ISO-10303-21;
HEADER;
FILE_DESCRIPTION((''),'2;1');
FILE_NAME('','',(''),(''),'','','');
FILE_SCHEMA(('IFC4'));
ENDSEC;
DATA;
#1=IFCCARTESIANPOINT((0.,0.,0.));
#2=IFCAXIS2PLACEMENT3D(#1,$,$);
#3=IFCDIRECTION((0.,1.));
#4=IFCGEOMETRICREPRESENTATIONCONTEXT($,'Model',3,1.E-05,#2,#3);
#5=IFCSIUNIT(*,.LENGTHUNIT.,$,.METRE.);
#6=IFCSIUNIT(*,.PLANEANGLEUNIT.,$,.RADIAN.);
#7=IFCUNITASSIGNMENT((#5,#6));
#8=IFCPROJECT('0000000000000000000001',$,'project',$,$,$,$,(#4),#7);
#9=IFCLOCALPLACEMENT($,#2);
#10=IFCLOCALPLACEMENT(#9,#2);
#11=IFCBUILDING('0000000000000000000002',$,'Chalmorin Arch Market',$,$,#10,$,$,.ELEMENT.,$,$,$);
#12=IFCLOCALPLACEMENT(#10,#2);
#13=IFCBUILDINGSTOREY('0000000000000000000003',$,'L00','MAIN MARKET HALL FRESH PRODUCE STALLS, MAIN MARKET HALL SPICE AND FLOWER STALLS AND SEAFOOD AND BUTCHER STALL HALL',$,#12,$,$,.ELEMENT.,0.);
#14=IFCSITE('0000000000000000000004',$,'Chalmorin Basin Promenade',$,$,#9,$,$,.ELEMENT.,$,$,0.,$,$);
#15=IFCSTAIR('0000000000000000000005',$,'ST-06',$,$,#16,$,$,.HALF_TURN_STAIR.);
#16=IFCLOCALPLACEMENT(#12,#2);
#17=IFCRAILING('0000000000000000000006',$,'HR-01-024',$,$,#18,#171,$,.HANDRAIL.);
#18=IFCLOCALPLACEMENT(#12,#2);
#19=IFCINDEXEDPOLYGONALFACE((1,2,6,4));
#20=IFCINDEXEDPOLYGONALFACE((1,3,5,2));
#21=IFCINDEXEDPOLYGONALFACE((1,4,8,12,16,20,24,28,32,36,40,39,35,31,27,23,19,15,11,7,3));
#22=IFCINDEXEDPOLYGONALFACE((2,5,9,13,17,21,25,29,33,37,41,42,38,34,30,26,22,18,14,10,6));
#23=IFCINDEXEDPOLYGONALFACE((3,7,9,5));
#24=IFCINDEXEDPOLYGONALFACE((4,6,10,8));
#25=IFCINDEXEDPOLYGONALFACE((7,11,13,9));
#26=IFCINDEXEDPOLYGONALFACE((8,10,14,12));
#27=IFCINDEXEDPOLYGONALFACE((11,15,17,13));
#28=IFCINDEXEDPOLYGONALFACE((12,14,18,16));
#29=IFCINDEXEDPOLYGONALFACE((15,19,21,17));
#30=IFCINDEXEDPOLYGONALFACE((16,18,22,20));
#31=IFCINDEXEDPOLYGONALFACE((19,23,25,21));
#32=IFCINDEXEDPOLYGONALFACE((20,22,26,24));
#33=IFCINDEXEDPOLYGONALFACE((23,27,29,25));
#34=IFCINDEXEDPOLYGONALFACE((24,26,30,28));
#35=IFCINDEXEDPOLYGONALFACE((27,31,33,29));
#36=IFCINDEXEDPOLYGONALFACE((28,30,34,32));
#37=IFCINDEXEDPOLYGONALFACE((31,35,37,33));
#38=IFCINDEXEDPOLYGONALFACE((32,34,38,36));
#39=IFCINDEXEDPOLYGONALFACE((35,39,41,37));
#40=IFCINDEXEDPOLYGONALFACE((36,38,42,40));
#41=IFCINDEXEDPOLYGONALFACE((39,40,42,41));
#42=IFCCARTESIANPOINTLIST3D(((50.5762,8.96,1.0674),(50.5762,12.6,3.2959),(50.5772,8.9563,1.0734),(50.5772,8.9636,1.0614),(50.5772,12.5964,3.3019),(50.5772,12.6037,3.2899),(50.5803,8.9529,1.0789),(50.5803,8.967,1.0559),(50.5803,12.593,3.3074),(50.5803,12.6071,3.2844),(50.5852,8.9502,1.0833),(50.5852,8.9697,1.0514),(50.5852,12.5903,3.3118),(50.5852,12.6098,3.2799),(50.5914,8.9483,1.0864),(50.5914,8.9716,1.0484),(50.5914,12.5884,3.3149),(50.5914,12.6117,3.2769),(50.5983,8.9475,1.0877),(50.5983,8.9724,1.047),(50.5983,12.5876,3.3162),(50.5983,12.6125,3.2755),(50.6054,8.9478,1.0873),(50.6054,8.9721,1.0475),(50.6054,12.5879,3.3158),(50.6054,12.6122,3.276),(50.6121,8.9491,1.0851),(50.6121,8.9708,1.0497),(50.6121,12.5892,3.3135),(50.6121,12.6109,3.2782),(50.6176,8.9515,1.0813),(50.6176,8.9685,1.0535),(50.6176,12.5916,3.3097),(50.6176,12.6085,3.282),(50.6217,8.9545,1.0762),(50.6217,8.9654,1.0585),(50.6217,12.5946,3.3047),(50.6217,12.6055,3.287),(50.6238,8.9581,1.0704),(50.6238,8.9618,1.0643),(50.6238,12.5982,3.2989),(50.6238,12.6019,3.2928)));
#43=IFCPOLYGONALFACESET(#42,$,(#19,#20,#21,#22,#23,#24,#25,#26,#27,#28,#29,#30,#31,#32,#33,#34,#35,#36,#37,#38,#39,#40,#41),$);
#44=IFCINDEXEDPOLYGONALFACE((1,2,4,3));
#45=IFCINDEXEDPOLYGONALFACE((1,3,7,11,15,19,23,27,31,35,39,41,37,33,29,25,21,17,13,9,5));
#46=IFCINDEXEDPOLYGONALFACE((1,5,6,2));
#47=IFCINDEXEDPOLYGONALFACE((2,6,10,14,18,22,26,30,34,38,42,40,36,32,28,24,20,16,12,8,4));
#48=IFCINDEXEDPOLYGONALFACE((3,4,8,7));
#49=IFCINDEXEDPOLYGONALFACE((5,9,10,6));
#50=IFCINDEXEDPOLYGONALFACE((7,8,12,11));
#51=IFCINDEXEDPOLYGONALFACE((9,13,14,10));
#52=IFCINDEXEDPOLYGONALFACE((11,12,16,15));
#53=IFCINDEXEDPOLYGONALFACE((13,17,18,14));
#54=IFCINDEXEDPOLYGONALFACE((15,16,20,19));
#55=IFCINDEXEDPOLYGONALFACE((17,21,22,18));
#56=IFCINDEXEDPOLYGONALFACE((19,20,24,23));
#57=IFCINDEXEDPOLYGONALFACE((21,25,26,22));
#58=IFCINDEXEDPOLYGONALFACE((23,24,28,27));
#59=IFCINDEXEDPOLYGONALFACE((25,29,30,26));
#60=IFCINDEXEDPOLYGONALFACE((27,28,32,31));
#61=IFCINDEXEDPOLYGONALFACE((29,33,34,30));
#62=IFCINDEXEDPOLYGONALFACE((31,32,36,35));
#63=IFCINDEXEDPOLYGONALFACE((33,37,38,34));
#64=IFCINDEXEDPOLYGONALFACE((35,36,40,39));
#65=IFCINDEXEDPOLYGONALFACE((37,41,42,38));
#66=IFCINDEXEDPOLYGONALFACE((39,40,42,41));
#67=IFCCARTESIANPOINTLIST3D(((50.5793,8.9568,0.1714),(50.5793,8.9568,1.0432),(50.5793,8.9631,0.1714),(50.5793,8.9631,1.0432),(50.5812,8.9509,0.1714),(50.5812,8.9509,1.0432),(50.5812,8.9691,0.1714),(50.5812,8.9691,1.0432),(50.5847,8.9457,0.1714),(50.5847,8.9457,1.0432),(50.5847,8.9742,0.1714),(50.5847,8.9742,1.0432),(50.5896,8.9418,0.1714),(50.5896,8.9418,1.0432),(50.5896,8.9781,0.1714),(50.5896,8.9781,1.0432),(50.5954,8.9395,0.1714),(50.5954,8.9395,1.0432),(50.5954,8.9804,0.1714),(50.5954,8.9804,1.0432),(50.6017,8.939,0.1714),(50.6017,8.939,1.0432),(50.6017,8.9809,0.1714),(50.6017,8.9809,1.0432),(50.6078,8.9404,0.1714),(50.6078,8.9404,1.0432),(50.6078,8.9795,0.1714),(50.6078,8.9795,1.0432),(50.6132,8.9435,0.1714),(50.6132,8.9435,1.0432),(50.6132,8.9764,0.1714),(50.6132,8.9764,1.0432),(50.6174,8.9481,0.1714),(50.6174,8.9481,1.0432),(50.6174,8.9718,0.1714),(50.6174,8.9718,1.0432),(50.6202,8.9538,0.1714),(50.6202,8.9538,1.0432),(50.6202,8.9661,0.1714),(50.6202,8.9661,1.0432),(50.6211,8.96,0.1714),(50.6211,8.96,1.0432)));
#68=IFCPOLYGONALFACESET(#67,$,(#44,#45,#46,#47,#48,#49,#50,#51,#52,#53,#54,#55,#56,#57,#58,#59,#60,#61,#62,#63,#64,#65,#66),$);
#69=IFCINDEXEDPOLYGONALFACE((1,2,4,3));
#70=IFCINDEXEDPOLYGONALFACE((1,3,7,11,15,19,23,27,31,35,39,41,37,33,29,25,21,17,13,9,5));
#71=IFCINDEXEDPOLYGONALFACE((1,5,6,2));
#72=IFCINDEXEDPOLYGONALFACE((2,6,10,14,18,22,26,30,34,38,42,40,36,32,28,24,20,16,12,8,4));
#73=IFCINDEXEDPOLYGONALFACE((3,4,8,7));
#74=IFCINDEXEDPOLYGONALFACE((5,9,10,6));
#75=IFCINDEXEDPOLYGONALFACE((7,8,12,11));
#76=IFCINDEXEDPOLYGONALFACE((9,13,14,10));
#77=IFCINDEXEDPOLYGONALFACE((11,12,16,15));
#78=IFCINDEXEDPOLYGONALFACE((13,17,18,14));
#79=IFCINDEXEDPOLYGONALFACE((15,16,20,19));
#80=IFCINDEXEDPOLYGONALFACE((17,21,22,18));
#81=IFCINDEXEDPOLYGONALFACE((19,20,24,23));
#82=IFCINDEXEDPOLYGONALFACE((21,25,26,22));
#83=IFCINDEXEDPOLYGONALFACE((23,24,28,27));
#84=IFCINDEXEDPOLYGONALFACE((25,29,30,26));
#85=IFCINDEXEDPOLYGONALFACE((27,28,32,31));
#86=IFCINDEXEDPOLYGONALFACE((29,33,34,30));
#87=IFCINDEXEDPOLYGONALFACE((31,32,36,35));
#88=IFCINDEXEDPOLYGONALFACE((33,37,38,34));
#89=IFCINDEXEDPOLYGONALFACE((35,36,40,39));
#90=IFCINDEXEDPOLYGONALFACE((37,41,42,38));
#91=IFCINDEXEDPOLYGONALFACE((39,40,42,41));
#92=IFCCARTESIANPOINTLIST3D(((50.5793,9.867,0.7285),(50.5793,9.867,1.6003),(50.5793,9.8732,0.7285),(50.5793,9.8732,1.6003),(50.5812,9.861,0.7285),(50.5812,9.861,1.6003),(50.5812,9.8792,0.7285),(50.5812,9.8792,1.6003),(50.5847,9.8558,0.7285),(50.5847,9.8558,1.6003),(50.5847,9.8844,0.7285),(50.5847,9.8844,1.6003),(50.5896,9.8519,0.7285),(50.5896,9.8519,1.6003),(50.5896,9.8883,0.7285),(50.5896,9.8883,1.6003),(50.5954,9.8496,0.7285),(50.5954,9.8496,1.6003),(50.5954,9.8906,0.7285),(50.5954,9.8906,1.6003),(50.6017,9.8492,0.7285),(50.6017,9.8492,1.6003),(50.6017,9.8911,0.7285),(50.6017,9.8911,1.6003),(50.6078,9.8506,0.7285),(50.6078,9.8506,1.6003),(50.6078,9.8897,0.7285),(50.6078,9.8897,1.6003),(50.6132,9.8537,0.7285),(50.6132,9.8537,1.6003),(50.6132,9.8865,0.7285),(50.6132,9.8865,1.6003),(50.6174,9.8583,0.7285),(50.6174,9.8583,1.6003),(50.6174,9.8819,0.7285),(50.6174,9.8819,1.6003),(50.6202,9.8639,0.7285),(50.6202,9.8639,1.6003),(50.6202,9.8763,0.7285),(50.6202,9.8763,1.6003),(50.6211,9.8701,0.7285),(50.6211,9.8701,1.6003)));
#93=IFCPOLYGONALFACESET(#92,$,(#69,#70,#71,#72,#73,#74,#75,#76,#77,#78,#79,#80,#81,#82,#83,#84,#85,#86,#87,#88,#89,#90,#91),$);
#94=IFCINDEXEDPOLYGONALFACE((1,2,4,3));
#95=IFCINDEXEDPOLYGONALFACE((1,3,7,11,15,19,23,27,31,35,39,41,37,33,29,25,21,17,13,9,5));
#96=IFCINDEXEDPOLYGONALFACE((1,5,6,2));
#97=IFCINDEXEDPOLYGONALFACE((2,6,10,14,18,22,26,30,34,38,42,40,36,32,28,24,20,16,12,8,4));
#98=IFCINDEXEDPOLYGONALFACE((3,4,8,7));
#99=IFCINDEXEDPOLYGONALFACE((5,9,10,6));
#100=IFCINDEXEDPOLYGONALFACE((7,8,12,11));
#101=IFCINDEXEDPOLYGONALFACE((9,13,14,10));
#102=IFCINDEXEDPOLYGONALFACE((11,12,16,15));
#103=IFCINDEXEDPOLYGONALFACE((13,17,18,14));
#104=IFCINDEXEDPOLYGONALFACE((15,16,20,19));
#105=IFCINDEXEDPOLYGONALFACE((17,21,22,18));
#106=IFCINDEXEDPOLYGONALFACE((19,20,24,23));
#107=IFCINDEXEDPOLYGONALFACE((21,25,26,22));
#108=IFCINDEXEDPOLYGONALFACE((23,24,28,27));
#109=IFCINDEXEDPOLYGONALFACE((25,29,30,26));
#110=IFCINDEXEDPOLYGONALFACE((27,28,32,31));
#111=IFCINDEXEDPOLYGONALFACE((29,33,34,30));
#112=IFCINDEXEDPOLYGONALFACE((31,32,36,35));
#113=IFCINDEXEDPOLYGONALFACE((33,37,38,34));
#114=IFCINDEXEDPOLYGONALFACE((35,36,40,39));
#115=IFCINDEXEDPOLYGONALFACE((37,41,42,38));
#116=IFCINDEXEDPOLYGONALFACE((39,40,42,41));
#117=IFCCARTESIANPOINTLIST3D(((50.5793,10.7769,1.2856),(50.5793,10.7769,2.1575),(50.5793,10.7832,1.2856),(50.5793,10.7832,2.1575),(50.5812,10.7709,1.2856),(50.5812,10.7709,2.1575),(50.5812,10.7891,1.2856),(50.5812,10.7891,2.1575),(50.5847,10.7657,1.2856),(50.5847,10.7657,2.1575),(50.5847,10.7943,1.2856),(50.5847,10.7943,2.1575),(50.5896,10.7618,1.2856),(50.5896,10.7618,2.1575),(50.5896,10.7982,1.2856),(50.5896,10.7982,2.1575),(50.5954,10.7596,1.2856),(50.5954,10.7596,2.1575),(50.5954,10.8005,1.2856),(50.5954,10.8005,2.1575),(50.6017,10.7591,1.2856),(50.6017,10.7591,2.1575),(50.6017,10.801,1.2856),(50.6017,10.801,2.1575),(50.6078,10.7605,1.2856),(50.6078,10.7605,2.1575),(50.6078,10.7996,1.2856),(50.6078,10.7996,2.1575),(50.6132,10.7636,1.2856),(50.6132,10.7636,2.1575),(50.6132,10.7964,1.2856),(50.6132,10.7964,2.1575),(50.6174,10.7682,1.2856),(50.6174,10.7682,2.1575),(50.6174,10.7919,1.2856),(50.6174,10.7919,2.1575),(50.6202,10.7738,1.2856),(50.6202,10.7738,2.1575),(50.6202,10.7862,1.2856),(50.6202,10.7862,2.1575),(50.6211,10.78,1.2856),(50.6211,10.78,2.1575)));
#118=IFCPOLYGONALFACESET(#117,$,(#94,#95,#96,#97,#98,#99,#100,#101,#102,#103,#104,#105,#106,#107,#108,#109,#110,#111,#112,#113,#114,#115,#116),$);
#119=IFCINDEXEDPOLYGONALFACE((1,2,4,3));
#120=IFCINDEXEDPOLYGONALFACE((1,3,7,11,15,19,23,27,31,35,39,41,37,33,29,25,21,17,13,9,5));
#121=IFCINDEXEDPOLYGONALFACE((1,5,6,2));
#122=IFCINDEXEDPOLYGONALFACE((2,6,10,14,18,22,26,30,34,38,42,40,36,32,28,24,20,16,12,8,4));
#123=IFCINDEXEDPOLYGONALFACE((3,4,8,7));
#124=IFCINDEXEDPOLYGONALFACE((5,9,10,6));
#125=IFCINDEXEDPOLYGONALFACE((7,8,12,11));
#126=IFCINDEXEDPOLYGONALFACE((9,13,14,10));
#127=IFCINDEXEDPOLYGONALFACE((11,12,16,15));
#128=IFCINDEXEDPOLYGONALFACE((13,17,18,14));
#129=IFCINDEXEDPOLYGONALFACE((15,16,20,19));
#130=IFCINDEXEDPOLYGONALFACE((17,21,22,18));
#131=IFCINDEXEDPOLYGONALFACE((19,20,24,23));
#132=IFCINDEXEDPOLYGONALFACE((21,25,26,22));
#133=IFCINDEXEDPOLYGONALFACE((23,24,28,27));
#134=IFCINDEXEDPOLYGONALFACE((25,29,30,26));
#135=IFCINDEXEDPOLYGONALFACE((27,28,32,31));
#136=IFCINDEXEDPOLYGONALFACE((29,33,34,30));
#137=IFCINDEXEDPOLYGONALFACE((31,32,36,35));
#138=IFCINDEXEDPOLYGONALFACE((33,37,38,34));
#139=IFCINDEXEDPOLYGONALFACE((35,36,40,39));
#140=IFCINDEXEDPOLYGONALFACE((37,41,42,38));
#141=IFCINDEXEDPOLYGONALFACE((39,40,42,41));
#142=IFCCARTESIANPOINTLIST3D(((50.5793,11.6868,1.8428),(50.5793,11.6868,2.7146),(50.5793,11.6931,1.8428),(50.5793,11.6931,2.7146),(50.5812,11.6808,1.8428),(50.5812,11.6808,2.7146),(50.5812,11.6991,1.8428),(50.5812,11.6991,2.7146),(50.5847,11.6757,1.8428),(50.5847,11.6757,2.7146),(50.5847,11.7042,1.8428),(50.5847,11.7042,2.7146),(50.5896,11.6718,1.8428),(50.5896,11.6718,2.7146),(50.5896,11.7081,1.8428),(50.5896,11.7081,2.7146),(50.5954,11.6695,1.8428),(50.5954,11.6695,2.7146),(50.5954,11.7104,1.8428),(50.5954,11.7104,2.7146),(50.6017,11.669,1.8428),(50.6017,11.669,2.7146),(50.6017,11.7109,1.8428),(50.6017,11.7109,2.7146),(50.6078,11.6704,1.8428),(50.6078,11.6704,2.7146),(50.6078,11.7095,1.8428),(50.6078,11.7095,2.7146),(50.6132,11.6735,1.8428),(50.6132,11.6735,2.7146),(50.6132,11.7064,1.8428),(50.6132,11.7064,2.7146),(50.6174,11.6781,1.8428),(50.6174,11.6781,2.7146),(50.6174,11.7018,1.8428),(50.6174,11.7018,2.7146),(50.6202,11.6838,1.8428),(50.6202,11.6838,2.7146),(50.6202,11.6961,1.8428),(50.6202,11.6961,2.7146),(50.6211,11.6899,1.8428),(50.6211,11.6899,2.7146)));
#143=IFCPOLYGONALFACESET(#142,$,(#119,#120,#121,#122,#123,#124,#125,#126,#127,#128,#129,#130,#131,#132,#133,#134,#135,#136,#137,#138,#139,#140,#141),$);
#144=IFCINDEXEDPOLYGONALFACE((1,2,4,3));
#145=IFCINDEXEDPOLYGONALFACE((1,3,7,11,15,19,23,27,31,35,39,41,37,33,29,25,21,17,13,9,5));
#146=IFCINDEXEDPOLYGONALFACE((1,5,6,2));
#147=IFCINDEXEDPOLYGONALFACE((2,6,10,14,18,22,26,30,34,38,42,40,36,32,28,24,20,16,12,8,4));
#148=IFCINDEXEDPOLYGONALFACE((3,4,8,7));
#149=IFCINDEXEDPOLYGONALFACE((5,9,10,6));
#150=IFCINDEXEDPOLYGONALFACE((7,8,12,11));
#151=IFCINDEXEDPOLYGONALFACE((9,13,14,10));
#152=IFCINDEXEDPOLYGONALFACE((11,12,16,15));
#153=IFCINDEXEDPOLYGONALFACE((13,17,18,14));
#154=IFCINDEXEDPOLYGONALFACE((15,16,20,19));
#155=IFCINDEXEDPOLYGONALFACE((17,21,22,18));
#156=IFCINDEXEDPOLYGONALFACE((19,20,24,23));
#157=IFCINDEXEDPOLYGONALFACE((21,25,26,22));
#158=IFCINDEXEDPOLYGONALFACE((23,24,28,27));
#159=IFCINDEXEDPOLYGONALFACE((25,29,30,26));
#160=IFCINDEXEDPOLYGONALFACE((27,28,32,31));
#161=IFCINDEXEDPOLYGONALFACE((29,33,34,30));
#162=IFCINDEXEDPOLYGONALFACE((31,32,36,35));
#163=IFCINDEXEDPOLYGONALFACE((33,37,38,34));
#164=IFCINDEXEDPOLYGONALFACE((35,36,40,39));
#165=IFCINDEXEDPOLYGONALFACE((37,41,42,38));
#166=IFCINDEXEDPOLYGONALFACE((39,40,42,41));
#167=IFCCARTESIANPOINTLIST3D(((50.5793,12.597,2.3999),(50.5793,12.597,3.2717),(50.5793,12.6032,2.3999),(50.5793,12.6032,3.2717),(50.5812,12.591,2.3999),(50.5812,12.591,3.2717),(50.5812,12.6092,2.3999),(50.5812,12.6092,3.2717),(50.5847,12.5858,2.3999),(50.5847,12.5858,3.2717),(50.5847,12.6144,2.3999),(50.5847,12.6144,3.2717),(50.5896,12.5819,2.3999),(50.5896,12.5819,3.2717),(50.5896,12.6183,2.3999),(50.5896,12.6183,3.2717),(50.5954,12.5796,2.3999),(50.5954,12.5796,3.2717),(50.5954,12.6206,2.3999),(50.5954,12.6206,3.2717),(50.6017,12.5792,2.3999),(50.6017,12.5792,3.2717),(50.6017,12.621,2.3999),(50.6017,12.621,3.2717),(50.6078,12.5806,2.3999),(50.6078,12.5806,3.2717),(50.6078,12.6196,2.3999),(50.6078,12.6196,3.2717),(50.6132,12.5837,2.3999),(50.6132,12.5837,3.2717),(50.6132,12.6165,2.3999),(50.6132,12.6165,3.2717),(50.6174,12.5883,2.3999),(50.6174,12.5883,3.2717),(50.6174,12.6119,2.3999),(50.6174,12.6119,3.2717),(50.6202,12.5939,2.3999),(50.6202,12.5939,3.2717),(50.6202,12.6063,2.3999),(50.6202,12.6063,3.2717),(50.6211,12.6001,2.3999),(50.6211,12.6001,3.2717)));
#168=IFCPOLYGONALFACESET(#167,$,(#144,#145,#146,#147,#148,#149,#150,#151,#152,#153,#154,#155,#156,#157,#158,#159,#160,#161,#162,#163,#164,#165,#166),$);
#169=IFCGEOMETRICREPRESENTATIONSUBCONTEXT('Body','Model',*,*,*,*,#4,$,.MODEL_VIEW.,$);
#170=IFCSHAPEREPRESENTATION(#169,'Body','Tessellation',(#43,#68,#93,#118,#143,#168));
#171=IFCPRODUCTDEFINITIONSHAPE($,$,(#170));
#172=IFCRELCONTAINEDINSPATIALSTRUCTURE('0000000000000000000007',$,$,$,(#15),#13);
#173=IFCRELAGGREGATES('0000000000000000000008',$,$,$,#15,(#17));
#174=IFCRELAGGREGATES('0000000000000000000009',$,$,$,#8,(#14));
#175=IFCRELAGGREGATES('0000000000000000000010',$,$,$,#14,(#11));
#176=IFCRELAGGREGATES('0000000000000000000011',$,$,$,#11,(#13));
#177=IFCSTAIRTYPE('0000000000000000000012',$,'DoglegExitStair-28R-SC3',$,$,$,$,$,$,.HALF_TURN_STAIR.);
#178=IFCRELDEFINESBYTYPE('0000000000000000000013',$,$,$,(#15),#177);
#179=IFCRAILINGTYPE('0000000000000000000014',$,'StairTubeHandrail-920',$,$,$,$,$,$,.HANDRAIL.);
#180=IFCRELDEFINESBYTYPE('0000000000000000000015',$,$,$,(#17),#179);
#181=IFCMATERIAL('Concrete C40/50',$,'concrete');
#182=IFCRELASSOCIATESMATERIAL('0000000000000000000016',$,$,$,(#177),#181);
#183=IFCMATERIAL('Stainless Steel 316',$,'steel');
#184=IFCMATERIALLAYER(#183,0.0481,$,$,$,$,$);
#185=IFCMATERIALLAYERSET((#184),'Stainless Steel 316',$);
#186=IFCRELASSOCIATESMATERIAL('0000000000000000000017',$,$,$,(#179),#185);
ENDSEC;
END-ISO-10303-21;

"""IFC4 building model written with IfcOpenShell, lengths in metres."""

from ifc_helpers import new_model, si_unit, direction, frame, origin, origin_2d, place, context, subcontext, project, spatial, circle, extrude, material, layer, layer_set, type_object, element, aggregate, save


model = new_model("IFC4")

# Units and contexts
model_context = context("Model", 3, precision=1e-05, world=origin(), true_north=direction((0.0, 1.0)))
body_context = subcontext(model_context, "Body", "Model", "MODEL_VIEW")
ifc_project = project(units=[si_unit("LENGTHUNIT", "METRE"), si_unit("PLANEANGLEUNIT", "RADIAN")], contexts=[model_context])

# Site, building, storey
site_placement = place(None, origin())
site = spatial("IfcSite", under=ifc_project, at=site_placement, Name="Chalmorin Basin Promenade", CompositionType="ELEMENT", RefElevation=0.0)
building_placement = place(site_placement, origin())
building = spatial("IfcBuilding", under=site, at=building_placement, Name="Chalmorin Arch Market", CompositionType="ELEMENT")
storey_placement = place(building_placement, origin())
storey = spatial("IfcBuildingStorey", under=building, at=storey_placement, Name="L00", Description="MAIN MARKET HALL FRESH PRODUCE STALLS, MAIN MARKET HALL SPICE AND FLOWER STALLS AND SEAFOOD AND BUTCHER STALL HALL", CompositionType="ELEMENT", Elevation=0.0)

# Shared definitions
ifc_material_1 = material(Name="Concrete C40/50", Category="concrete")

# Stair, railing
stair_type = type_object("IfcStairType", Name="DoglegExitStair-28R-SC3", PredefinedType="HALF_TURN_STAIR", material=ifc_material_1)
stair_placement = place(storey_placement, origin())
stair = element("IfcStair", 1, at=stair_placement, inside=storey, type_object=stair_type, Name="ST-06", PredefinedType="HALF_TURN_STAIR")
ifc_material_2 = material(Name="Stainless Steel 316", Category="steel")
ifc_layer_1 = layer(ifc_material_2, 0.0481)
ifc_layer_set_1 = layer_set([ifc_layer_1], Name="Stainless Steel 316")
railing_type_1 = type_object("IfcRailingType", Name="StairTubeHandrail-920", PredefinedType="HANDRAIL", material=ifc_layer_set_1)
railing_1_placement = place(storey_placement, frame((50.6001, 8.96, 0.1714)))
railing_1 = element("IfcRailing", 2, at=railing_1_placement, type_object=railing_type_1, Name="HR-01-024", PredefinedType="HANDRAIL", context=body_context, shape_type="SweptSolid", body=[
    extrude(circle(Radius=0.0239, at=origin_2d()), frame((0.0, 0.0, 0.896), z_axis=(0.0, 0.852866, 0.52213), x_axis=(-1.0, 0.0, 0.0)), (0.0, 0.0, 1.0), 4.2681),
    extrude(circle(Radius=0.021, at=origin_2d()), origin(), (0.0, 0.0, 1.0), 0.8718),
    extrude(circle(Radius=0.021, at=origin_2d()), frame((0.0, 0.9102, 0.5571)), (0.0, 0.0, 1.0), 0.8718),
    extrude(circle(Radius=0.021, at=origin_2d()), frame((0.0, 1.8201, 1.1143)), (0.0, 0.0, 1.0), 0.8718),
    extrude(circle(Radius=0.021, at=origin_2d()), frame((0.0, 2.73, 1.6714)), (0.0, 0.0, 1.0), 0.8718),
    extrude(circle(Radius=0.021, at=origin_2d()), frame((0.0, 3.6401, 2.2285)), (0.0, 0.0, 1.0), 0.8718),
])
aggregate(stair, [railing_1])

save(model, "model.ifc")
